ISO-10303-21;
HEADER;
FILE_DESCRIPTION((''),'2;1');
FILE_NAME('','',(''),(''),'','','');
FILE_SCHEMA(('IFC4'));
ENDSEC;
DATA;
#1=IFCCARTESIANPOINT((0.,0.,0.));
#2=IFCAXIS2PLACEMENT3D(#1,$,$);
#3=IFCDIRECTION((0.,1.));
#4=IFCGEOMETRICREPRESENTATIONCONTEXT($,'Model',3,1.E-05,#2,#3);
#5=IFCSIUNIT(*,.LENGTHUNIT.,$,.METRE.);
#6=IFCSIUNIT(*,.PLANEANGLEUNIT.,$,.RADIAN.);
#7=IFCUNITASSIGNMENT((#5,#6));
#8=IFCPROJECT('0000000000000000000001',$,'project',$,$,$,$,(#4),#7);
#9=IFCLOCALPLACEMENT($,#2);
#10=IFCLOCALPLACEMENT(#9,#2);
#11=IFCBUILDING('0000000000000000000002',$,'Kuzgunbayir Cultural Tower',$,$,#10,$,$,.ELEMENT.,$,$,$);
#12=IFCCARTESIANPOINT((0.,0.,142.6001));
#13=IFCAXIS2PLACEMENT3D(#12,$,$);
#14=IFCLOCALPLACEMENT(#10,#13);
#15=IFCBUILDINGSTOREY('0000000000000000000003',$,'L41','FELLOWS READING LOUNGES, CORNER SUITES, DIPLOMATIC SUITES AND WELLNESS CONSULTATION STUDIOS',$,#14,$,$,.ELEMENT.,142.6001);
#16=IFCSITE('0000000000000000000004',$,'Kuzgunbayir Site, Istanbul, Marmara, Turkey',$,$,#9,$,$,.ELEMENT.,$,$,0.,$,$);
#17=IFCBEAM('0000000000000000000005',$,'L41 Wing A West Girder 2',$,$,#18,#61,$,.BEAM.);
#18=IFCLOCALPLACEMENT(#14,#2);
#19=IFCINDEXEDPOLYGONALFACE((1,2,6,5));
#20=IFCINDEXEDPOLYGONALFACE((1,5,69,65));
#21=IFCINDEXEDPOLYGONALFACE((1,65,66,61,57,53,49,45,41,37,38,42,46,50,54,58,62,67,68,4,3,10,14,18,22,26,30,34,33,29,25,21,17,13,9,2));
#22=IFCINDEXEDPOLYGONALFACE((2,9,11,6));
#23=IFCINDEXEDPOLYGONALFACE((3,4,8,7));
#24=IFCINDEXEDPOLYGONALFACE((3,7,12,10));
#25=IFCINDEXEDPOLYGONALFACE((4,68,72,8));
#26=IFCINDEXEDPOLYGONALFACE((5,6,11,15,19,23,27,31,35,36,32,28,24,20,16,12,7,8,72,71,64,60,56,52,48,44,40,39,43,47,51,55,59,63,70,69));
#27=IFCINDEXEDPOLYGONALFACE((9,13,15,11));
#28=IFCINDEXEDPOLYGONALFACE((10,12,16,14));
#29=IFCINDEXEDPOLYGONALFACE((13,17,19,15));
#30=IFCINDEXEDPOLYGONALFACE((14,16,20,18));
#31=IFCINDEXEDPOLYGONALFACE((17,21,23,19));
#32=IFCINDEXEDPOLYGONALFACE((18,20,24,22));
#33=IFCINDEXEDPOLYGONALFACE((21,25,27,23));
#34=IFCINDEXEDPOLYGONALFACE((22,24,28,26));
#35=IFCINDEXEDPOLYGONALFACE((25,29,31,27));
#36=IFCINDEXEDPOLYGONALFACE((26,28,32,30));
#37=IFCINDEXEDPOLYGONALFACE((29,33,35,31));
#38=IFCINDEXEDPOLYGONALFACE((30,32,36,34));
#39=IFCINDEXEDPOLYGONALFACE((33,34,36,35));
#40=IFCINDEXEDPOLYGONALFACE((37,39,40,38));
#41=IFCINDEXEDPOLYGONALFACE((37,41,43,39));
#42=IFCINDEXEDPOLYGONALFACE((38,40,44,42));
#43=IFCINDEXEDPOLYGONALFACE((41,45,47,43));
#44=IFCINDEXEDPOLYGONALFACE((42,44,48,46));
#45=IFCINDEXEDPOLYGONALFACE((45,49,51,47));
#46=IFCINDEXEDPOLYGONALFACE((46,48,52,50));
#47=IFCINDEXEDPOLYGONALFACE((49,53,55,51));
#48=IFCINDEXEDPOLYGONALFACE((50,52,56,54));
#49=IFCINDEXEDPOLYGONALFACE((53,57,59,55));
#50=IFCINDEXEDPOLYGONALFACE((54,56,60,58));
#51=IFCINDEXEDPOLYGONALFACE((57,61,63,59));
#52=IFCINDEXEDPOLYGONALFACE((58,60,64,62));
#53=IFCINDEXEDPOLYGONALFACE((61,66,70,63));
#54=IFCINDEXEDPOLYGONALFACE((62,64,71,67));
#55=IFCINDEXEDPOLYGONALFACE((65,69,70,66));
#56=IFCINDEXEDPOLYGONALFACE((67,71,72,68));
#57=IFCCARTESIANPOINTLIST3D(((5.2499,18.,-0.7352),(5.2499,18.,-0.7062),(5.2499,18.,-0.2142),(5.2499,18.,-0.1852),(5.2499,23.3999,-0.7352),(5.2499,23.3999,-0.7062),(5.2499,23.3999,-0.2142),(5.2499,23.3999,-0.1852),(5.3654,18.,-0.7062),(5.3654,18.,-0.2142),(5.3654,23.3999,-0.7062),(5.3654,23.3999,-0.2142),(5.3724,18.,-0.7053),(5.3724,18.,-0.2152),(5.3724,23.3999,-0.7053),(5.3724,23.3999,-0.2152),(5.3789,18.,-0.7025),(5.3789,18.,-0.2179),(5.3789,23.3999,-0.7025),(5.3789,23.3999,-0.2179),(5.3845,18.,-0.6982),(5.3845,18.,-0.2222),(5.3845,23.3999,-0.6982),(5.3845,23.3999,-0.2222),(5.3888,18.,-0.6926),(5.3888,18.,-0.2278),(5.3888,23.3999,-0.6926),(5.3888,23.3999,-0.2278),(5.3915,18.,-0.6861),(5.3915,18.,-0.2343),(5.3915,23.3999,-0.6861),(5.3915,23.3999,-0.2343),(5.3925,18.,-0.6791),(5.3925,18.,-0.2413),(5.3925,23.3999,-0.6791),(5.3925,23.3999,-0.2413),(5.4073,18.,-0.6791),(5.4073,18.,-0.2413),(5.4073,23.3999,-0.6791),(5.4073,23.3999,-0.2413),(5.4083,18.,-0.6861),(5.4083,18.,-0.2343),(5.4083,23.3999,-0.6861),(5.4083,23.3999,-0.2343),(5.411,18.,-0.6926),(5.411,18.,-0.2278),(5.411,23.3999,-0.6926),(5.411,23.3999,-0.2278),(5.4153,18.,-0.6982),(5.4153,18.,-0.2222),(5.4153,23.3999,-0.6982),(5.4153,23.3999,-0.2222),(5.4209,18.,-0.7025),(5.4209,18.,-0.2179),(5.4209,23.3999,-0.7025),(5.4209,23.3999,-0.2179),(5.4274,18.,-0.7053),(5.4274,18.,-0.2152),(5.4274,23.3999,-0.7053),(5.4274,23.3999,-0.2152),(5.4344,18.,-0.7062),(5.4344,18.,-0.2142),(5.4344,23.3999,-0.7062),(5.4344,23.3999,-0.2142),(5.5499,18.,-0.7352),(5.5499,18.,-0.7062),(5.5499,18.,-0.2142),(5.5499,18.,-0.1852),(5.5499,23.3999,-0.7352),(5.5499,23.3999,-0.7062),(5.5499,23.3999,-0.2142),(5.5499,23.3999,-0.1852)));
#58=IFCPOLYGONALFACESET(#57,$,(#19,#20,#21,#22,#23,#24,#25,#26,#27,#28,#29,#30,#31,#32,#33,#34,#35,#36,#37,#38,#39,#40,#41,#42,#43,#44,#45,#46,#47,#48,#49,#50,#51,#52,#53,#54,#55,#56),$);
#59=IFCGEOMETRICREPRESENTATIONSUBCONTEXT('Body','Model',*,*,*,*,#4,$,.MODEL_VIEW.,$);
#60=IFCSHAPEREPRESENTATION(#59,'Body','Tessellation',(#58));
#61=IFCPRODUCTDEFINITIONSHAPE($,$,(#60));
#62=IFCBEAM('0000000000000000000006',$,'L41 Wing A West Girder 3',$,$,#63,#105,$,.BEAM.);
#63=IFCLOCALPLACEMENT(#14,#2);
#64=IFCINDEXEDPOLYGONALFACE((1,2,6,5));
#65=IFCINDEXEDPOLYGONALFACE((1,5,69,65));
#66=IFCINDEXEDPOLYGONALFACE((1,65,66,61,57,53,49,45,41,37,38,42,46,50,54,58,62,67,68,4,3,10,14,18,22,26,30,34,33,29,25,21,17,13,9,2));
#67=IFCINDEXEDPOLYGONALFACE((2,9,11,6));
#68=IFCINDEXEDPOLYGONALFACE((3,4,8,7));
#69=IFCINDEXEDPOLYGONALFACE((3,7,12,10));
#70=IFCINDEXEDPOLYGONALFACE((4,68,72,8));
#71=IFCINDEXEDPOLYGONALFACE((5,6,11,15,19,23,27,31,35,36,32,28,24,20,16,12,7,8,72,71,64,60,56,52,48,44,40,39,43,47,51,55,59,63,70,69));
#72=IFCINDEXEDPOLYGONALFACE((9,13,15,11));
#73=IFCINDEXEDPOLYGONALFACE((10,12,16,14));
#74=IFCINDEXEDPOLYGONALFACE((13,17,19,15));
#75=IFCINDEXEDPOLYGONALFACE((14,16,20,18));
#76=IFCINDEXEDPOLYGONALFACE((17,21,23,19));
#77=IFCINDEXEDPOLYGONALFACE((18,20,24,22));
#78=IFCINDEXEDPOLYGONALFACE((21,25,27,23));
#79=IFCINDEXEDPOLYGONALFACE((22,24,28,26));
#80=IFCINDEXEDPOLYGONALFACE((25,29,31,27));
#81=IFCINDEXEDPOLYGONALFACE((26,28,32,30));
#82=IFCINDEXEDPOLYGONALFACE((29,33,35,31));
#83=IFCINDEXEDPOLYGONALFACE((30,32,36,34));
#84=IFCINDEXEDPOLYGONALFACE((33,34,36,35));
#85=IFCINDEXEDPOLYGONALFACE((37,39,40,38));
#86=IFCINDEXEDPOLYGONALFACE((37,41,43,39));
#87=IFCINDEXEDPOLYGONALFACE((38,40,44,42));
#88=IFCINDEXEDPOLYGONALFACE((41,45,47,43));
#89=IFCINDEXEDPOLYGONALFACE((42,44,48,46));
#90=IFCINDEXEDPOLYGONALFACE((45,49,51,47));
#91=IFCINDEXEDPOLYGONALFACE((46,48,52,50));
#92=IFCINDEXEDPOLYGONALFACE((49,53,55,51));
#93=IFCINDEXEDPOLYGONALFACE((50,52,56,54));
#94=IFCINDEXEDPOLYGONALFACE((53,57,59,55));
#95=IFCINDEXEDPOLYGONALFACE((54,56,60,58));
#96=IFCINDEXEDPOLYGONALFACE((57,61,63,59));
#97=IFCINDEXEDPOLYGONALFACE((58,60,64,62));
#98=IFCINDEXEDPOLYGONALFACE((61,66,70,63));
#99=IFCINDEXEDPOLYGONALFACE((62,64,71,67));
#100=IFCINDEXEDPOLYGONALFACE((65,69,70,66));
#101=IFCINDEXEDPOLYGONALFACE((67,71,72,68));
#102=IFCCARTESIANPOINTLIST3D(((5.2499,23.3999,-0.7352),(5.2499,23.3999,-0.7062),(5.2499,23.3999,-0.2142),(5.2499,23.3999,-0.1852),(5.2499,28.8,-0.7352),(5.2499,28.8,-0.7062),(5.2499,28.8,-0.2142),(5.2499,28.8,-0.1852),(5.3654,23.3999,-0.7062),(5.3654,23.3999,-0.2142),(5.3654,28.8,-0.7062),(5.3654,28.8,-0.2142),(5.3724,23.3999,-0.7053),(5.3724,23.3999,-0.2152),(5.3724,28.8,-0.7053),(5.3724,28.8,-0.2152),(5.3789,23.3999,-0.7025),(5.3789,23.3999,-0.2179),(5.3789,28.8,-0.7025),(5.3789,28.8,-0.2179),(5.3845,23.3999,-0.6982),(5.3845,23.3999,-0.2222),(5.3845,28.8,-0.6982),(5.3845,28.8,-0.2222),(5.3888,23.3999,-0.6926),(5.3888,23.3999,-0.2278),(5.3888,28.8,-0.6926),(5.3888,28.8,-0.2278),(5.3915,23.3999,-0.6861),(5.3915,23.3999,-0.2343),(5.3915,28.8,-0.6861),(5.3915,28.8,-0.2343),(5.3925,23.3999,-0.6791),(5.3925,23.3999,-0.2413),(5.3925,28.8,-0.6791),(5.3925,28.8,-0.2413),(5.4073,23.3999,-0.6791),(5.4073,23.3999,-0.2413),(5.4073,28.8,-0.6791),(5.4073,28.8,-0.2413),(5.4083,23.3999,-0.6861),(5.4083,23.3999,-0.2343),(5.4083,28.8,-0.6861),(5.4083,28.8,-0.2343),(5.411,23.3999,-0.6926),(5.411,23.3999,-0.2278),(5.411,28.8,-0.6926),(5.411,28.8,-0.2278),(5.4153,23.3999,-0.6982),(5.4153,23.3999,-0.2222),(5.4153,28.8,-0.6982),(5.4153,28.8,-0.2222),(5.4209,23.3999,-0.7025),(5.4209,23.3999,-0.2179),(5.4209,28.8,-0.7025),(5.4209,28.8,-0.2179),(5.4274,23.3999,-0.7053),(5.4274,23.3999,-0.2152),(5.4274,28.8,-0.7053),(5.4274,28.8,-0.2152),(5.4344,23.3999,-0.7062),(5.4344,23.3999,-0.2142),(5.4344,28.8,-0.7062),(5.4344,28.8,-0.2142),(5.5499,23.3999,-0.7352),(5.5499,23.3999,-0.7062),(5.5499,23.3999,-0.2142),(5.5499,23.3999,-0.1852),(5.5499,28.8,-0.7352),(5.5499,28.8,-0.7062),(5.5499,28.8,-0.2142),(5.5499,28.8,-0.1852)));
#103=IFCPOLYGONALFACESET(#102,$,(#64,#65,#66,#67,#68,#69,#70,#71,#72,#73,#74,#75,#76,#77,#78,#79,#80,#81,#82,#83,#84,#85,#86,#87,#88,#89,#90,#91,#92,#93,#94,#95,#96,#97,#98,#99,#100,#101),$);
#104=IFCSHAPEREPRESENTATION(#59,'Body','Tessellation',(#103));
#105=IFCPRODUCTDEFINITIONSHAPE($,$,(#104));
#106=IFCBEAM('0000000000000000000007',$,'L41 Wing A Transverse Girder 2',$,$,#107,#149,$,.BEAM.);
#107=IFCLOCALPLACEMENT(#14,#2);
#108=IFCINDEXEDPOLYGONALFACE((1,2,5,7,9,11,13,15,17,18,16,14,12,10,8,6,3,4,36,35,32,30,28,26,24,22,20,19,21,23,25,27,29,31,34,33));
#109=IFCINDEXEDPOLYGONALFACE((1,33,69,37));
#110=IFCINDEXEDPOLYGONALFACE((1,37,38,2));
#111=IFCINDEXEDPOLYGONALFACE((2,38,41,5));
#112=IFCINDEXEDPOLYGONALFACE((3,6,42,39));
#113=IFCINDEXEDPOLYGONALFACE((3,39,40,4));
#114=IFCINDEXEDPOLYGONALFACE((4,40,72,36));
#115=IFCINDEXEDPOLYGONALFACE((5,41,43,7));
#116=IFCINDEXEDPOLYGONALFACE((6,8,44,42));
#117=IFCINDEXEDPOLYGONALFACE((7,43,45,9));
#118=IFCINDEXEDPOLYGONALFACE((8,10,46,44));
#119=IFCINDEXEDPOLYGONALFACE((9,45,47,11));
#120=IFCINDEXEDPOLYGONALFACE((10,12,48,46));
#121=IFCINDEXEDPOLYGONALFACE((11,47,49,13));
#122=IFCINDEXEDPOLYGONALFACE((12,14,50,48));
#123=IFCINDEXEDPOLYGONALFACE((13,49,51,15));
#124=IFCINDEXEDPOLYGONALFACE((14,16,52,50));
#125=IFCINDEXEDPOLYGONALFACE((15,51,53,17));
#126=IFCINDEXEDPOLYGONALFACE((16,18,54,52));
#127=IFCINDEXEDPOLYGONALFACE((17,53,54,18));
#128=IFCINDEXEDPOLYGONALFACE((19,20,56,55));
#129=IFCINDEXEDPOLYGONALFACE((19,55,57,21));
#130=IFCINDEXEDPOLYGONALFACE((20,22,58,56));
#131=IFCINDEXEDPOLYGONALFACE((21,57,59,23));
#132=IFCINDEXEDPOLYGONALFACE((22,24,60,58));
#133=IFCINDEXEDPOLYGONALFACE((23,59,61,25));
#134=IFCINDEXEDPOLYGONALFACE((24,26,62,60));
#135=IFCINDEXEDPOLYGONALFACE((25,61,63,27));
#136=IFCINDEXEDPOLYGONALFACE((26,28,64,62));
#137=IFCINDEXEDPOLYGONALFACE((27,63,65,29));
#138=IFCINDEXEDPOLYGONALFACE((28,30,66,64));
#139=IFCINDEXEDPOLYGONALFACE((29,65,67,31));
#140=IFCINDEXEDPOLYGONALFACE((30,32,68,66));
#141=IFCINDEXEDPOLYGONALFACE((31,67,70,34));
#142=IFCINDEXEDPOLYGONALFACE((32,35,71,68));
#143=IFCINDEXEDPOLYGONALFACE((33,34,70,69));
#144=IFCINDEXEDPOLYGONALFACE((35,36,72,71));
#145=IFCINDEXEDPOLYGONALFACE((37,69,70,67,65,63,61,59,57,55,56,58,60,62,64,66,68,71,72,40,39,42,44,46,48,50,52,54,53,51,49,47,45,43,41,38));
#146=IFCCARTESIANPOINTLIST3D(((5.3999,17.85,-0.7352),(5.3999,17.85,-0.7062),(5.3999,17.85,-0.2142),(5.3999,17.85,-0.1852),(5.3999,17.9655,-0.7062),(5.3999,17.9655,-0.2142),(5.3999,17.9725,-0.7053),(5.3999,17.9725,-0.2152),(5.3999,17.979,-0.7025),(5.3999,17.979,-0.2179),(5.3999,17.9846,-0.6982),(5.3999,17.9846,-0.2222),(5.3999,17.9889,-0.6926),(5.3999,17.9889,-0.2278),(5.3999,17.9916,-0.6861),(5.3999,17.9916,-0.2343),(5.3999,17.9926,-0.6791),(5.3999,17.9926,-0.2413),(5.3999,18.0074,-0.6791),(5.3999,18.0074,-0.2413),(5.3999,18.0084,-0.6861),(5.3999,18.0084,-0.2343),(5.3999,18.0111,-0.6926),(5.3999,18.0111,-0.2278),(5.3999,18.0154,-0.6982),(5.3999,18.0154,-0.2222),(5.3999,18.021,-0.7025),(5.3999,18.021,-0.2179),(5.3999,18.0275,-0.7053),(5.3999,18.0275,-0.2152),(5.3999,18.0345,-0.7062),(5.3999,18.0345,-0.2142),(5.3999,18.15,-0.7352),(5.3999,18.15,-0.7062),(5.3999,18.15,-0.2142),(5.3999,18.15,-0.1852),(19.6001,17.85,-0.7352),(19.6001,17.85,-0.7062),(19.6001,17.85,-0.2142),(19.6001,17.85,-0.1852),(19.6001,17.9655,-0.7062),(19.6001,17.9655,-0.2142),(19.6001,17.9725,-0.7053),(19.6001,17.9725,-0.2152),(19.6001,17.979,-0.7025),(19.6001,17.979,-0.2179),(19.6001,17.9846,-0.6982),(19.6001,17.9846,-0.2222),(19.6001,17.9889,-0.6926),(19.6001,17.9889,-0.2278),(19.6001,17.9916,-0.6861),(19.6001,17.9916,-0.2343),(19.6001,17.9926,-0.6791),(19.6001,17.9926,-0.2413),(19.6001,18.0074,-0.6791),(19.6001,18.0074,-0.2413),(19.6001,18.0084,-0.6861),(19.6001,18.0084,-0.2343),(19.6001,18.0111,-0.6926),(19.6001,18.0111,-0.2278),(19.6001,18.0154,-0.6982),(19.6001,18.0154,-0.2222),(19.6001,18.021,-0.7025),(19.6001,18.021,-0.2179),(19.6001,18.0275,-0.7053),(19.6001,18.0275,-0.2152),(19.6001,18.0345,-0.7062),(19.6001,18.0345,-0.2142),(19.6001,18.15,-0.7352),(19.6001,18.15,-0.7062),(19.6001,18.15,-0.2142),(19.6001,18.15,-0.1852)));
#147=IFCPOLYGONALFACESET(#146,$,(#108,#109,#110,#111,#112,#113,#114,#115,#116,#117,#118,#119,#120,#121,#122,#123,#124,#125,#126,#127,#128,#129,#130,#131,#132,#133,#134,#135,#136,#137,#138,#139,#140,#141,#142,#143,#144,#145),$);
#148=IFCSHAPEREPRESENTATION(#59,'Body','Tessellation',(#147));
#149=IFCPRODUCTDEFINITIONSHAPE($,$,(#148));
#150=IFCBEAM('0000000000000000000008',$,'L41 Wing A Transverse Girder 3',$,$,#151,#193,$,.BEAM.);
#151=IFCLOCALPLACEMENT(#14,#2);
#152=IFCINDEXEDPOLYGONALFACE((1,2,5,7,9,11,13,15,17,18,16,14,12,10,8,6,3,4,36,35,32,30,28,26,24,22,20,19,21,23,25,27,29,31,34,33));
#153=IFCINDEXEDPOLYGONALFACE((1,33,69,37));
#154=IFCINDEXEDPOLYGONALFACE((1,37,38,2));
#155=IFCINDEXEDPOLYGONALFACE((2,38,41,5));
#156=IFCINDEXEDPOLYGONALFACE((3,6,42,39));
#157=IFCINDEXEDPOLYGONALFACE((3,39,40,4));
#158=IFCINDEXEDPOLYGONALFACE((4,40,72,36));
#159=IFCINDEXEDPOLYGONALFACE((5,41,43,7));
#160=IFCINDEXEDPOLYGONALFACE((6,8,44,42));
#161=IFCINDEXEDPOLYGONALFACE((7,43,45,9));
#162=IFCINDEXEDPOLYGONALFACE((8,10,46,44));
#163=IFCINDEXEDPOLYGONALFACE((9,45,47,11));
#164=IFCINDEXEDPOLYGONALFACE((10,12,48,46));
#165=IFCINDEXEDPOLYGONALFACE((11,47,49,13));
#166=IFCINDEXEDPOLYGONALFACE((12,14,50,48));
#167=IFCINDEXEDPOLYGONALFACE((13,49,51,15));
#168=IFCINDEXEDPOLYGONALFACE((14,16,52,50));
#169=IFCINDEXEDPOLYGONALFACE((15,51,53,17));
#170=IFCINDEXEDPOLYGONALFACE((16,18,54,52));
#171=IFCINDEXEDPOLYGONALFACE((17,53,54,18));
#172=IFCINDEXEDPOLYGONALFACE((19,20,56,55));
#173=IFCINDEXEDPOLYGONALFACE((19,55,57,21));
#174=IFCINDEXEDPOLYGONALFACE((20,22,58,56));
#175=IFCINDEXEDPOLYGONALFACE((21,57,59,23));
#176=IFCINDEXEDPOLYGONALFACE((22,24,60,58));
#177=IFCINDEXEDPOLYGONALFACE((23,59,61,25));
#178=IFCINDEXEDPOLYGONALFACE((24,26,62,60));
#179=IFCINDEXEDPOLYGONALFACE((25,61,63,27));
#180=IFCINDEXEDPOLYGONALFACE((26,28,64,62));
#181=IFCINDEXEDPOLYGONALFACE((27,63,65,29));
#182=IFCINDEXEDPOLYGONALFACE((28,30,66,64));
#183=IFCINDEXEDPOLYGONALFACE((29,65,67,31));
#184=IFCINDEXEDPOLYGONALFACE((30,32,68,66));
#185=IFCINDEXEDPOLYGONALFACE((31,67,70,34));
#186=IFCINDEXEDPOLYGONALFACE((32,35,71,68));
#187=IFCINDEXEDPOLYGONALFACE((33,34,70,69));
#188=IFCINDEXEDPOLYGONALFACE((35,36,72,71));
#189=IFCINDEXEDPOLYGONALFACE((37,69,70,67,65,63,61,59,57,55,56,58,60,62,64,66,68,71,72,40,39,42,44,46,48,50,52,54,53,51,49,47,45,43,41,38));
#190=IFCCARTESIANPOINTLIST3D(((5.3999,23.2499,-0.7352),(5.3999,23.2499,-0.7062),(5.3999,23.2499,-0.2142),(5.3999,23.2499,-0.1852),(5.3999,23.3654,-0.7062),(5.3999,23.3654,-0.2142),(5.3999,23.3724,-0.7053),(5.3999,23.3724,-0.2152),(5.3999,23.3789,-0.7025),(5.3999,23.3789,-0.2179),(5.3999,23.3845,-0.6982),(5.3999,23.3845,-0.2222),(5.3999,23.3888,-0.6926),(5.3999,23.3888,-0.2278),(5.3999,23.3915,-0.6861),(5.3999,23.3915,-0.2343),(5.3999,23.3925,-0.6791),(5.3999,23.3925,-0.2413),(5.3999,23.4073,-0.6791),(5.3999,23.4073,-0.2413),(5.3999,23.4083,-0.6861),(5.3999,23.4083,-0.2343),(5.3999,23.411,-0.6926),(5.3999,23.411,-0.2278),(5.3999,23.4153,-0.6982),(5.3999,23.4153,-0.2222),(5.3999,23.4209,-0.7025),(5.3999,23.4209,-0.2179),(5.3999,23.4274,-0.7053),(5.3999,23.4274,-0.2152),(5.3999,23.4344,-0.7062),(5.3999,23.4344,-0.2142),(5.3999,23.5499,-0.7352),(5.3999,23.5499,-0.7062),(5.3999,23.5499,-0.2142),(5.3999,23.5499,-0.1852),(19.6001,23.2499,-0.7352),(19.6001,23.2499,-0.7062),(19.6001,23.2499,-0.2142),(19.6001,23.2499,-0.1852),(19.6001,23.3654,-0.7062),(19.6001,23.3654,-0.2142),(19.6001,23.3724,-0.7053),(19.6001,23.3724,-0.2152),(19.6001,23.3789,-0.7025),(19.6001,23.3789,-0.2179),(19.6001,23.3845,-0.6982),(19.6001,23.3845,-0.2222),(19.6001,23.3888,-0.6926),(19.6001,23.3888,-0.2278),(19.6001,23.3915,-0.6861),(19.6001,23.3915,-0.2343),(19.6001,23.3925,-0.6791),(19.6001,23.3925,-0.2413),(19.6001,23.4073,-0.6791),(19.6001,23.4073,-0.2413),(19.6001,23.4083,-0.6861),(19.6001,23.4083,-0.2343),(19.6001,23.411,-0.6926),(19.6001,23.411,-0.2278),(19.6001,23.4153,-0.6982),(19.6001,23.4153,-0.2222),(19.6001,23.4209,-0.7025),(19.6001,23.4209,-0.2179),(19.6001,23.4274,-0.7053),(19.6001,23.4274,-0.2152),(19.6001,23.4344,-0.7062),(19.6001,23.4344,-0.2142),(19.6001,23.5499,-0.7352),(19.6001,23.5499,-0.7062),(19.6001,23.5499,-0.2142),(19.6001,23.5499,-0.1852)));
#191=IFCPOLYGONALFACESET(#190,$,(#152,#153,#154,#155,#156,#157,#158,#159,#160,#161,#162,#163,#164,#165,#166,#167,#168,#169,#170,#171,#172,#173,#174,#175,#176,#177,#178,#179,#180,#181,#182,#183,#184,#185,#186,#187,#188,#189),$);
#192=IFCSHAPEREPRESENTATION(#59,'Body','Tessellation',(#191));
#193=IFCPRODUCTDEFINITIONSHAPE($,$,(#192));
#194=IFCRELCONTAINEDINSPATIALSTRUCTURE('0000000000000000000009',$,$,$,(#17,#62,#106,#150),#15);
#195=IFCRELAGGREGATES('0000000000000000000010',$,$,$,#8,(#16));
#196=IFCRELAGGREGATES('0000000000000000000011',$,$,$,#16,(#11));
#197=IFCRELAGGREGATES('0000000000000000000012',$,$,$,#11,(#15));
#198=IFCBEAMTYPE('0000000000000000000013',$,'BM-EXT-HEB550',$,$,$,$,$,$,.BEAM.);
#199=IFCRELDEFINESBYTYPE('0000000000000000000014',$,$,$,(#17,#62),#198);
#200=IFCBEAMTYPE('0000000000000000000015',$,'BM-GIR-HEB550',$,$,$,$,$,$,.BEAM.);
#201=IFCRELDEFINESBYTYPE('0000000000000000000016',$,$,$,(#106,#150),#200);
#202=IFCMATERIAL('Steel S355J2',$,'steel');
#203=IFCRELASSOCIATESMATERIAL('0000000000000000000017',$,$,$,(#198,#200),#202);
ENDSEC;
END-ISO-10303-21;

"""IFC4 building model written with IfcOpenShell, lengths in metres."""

from ifc_helpers import new_model, si_unit, direction, frame, origin, origin_2d, place, context, subcontext, project, spatial, i_section, extrude, material, material_profile, profile_set, type_object, element, save


model = new_model("IFC4")

# Units and contexts
model_context = context("Model", 3, precision=1e-05, world=origin(), true_north=direction((0.0, 1.0)))
body_context = subcontext(model_context, "Body", "Model", "MODEL_VIEW")
ifc_project = project(units=[si_unit("LENGTHUNIT", "METRE"), si_unit("PLANEANGLEUNIT", "RADIAN")], contexts=[model_context])

# Site, building, storey
site_placement = place(None, origin())
site = spatial("IfcSite", under=ifc_project, at=site_placement, Name="Kuzgunbayir Site, Istanbul, Marmara, Turkey", CompositionType="ELEMENT", RefElevation=0.0)
building_placement = place(site_placement, origin())
building = spatial("IfcBuilding", under=site, at=building_placement, Name="Kuzgunbayir Cultural Tower", CompositionType="ELEMENT")
storey_placement = place(building_placement, frame((0.0, 0.0, 142.6001)))
storey = spatial("IfcBuildingStorey", under=building, at=storey_placement, Name="L41", Description="FELLOWS READING LOUNGES, CORNER SUITES, DIPLOMATIC SUITES AND WELLNESS CONSULTATION STUDIOS", CompositionType="ELEMENT", Elevation=142.6001)

# Beams
ifc_material_1 = material(Name="Steel S355J2", Category="steel")
ifc_material_profile_1 = material_profile(ifc_material_1, i_section(OverallWidth=0.3, OverallDepth=0.55, WebThickness=0.0149, FlangeThickness=0.0291, FilletRadius=0.0271, at=origin_2d()), Name="HEB 550")
ifc_profile_set_1 = profile_set([ifc_material_profile_1], Name="Steel S355J2")
beam_type_1 = type_object("IfcBeamType", Name="BM-EXT-HEB550", PredefinedType="BEAM", material=ifc_profile_set_1)
beam_1_placement = place(storey_placement, frame((5.3999, 18.0, -0.4602), z_axis=(0.0, 1.0, 0.0), x_axis=(-1.0, 0.0, 0.0)))
element("IfcBeam", 1, at=beam_1_placement, inside=storey, type_object=beam_type_1, Name="L41 Wing A West Girder 2", PredefinedType="BEAM", context=body_context, shape_type="SweptSolid", body=[
    extrude(i_section(OverallWidth=0.3, OverallDepth=0.55, WebThickness=0.0149, FlangeThickness=0.0291, FilletRadius=0.0271, at=origin_2d()), origin(), (0.0, 0.0, 1.0), 5.3999),
])
beam_2_placement = place(storey_placement, frame((5.3999, 23.3999, -0.4602), z_axis=(0.0, 1.0, 0.0), x_axis=(-1.0, 0.0, 0.0)))
element("IfcBeam", 2, at=beam_2_placement, inside=storey, type_object=beam_type_1, Name="L41 Wing A West Girder 3", PredefinedType="BEAM", context=body_context, shape_type="SweptSolid", body=[
    extrude(i_section(OverallWidth=0.3, OverallDepth=0.55, WebThickness=0.0149, FlangeThickness=0.0291, FilletRadius=0.0271, at=origin_2d()), origin(), (0.0, 0.0, 1.0), 5.4001),
])
ifc_material_profile_2 = material_profile(ifc_material_1, i_section(OverallWidth=0.3, OverallDepth=0.55, WebThickness=0.0149, FlangeThickness=0.0291, FilletRadius=0.0271, at=origin_2d()), Name="HEB 550")
ifc_profile_set_2 = profile_set([ifc_material_profile_2], Name="Steel S355J2")
beam_type_2 = type_object("IfcBeamType", Name="BM-GIR-HEB550", PredefinedType="BEAM", material=ifc_profile_set_2)
for number, where, z_axis, x_axis, name in (
    (3, (5.3999, 18.0, -0.4602), (1.0, 0.0, 0.0), (0.0, 1.0, 0.0), "L41 Wing A Transverse Girder 2"),
    (4, (5.3999, 23.3999, -0.4602), (1.0, 0.0, 0.0), (0.0, 1.0, 0.0), "L41 Wing A Transverse Girder 3"),
):
    element("IfcBeam", number, at=place(storey_placement, frame(where, z_axis=z_axis, x_axis=x_axis)), inside=storey, type_object=beam_type_2, Name=name, PredefinedType="BEAM", context=body_context, shape_type="SweptSolid", body=[
        extrude(i_section(OverallWidth=0.3, OverallDepth=0.55, WebThickness=0.0149, FlangeThickness=0.0291, FilletRadius=0.0271, at=origin_2d()), origin(), (0.0, 0.0, 1.0), 14.2002),
    ])

save(model, "model.ifc")
